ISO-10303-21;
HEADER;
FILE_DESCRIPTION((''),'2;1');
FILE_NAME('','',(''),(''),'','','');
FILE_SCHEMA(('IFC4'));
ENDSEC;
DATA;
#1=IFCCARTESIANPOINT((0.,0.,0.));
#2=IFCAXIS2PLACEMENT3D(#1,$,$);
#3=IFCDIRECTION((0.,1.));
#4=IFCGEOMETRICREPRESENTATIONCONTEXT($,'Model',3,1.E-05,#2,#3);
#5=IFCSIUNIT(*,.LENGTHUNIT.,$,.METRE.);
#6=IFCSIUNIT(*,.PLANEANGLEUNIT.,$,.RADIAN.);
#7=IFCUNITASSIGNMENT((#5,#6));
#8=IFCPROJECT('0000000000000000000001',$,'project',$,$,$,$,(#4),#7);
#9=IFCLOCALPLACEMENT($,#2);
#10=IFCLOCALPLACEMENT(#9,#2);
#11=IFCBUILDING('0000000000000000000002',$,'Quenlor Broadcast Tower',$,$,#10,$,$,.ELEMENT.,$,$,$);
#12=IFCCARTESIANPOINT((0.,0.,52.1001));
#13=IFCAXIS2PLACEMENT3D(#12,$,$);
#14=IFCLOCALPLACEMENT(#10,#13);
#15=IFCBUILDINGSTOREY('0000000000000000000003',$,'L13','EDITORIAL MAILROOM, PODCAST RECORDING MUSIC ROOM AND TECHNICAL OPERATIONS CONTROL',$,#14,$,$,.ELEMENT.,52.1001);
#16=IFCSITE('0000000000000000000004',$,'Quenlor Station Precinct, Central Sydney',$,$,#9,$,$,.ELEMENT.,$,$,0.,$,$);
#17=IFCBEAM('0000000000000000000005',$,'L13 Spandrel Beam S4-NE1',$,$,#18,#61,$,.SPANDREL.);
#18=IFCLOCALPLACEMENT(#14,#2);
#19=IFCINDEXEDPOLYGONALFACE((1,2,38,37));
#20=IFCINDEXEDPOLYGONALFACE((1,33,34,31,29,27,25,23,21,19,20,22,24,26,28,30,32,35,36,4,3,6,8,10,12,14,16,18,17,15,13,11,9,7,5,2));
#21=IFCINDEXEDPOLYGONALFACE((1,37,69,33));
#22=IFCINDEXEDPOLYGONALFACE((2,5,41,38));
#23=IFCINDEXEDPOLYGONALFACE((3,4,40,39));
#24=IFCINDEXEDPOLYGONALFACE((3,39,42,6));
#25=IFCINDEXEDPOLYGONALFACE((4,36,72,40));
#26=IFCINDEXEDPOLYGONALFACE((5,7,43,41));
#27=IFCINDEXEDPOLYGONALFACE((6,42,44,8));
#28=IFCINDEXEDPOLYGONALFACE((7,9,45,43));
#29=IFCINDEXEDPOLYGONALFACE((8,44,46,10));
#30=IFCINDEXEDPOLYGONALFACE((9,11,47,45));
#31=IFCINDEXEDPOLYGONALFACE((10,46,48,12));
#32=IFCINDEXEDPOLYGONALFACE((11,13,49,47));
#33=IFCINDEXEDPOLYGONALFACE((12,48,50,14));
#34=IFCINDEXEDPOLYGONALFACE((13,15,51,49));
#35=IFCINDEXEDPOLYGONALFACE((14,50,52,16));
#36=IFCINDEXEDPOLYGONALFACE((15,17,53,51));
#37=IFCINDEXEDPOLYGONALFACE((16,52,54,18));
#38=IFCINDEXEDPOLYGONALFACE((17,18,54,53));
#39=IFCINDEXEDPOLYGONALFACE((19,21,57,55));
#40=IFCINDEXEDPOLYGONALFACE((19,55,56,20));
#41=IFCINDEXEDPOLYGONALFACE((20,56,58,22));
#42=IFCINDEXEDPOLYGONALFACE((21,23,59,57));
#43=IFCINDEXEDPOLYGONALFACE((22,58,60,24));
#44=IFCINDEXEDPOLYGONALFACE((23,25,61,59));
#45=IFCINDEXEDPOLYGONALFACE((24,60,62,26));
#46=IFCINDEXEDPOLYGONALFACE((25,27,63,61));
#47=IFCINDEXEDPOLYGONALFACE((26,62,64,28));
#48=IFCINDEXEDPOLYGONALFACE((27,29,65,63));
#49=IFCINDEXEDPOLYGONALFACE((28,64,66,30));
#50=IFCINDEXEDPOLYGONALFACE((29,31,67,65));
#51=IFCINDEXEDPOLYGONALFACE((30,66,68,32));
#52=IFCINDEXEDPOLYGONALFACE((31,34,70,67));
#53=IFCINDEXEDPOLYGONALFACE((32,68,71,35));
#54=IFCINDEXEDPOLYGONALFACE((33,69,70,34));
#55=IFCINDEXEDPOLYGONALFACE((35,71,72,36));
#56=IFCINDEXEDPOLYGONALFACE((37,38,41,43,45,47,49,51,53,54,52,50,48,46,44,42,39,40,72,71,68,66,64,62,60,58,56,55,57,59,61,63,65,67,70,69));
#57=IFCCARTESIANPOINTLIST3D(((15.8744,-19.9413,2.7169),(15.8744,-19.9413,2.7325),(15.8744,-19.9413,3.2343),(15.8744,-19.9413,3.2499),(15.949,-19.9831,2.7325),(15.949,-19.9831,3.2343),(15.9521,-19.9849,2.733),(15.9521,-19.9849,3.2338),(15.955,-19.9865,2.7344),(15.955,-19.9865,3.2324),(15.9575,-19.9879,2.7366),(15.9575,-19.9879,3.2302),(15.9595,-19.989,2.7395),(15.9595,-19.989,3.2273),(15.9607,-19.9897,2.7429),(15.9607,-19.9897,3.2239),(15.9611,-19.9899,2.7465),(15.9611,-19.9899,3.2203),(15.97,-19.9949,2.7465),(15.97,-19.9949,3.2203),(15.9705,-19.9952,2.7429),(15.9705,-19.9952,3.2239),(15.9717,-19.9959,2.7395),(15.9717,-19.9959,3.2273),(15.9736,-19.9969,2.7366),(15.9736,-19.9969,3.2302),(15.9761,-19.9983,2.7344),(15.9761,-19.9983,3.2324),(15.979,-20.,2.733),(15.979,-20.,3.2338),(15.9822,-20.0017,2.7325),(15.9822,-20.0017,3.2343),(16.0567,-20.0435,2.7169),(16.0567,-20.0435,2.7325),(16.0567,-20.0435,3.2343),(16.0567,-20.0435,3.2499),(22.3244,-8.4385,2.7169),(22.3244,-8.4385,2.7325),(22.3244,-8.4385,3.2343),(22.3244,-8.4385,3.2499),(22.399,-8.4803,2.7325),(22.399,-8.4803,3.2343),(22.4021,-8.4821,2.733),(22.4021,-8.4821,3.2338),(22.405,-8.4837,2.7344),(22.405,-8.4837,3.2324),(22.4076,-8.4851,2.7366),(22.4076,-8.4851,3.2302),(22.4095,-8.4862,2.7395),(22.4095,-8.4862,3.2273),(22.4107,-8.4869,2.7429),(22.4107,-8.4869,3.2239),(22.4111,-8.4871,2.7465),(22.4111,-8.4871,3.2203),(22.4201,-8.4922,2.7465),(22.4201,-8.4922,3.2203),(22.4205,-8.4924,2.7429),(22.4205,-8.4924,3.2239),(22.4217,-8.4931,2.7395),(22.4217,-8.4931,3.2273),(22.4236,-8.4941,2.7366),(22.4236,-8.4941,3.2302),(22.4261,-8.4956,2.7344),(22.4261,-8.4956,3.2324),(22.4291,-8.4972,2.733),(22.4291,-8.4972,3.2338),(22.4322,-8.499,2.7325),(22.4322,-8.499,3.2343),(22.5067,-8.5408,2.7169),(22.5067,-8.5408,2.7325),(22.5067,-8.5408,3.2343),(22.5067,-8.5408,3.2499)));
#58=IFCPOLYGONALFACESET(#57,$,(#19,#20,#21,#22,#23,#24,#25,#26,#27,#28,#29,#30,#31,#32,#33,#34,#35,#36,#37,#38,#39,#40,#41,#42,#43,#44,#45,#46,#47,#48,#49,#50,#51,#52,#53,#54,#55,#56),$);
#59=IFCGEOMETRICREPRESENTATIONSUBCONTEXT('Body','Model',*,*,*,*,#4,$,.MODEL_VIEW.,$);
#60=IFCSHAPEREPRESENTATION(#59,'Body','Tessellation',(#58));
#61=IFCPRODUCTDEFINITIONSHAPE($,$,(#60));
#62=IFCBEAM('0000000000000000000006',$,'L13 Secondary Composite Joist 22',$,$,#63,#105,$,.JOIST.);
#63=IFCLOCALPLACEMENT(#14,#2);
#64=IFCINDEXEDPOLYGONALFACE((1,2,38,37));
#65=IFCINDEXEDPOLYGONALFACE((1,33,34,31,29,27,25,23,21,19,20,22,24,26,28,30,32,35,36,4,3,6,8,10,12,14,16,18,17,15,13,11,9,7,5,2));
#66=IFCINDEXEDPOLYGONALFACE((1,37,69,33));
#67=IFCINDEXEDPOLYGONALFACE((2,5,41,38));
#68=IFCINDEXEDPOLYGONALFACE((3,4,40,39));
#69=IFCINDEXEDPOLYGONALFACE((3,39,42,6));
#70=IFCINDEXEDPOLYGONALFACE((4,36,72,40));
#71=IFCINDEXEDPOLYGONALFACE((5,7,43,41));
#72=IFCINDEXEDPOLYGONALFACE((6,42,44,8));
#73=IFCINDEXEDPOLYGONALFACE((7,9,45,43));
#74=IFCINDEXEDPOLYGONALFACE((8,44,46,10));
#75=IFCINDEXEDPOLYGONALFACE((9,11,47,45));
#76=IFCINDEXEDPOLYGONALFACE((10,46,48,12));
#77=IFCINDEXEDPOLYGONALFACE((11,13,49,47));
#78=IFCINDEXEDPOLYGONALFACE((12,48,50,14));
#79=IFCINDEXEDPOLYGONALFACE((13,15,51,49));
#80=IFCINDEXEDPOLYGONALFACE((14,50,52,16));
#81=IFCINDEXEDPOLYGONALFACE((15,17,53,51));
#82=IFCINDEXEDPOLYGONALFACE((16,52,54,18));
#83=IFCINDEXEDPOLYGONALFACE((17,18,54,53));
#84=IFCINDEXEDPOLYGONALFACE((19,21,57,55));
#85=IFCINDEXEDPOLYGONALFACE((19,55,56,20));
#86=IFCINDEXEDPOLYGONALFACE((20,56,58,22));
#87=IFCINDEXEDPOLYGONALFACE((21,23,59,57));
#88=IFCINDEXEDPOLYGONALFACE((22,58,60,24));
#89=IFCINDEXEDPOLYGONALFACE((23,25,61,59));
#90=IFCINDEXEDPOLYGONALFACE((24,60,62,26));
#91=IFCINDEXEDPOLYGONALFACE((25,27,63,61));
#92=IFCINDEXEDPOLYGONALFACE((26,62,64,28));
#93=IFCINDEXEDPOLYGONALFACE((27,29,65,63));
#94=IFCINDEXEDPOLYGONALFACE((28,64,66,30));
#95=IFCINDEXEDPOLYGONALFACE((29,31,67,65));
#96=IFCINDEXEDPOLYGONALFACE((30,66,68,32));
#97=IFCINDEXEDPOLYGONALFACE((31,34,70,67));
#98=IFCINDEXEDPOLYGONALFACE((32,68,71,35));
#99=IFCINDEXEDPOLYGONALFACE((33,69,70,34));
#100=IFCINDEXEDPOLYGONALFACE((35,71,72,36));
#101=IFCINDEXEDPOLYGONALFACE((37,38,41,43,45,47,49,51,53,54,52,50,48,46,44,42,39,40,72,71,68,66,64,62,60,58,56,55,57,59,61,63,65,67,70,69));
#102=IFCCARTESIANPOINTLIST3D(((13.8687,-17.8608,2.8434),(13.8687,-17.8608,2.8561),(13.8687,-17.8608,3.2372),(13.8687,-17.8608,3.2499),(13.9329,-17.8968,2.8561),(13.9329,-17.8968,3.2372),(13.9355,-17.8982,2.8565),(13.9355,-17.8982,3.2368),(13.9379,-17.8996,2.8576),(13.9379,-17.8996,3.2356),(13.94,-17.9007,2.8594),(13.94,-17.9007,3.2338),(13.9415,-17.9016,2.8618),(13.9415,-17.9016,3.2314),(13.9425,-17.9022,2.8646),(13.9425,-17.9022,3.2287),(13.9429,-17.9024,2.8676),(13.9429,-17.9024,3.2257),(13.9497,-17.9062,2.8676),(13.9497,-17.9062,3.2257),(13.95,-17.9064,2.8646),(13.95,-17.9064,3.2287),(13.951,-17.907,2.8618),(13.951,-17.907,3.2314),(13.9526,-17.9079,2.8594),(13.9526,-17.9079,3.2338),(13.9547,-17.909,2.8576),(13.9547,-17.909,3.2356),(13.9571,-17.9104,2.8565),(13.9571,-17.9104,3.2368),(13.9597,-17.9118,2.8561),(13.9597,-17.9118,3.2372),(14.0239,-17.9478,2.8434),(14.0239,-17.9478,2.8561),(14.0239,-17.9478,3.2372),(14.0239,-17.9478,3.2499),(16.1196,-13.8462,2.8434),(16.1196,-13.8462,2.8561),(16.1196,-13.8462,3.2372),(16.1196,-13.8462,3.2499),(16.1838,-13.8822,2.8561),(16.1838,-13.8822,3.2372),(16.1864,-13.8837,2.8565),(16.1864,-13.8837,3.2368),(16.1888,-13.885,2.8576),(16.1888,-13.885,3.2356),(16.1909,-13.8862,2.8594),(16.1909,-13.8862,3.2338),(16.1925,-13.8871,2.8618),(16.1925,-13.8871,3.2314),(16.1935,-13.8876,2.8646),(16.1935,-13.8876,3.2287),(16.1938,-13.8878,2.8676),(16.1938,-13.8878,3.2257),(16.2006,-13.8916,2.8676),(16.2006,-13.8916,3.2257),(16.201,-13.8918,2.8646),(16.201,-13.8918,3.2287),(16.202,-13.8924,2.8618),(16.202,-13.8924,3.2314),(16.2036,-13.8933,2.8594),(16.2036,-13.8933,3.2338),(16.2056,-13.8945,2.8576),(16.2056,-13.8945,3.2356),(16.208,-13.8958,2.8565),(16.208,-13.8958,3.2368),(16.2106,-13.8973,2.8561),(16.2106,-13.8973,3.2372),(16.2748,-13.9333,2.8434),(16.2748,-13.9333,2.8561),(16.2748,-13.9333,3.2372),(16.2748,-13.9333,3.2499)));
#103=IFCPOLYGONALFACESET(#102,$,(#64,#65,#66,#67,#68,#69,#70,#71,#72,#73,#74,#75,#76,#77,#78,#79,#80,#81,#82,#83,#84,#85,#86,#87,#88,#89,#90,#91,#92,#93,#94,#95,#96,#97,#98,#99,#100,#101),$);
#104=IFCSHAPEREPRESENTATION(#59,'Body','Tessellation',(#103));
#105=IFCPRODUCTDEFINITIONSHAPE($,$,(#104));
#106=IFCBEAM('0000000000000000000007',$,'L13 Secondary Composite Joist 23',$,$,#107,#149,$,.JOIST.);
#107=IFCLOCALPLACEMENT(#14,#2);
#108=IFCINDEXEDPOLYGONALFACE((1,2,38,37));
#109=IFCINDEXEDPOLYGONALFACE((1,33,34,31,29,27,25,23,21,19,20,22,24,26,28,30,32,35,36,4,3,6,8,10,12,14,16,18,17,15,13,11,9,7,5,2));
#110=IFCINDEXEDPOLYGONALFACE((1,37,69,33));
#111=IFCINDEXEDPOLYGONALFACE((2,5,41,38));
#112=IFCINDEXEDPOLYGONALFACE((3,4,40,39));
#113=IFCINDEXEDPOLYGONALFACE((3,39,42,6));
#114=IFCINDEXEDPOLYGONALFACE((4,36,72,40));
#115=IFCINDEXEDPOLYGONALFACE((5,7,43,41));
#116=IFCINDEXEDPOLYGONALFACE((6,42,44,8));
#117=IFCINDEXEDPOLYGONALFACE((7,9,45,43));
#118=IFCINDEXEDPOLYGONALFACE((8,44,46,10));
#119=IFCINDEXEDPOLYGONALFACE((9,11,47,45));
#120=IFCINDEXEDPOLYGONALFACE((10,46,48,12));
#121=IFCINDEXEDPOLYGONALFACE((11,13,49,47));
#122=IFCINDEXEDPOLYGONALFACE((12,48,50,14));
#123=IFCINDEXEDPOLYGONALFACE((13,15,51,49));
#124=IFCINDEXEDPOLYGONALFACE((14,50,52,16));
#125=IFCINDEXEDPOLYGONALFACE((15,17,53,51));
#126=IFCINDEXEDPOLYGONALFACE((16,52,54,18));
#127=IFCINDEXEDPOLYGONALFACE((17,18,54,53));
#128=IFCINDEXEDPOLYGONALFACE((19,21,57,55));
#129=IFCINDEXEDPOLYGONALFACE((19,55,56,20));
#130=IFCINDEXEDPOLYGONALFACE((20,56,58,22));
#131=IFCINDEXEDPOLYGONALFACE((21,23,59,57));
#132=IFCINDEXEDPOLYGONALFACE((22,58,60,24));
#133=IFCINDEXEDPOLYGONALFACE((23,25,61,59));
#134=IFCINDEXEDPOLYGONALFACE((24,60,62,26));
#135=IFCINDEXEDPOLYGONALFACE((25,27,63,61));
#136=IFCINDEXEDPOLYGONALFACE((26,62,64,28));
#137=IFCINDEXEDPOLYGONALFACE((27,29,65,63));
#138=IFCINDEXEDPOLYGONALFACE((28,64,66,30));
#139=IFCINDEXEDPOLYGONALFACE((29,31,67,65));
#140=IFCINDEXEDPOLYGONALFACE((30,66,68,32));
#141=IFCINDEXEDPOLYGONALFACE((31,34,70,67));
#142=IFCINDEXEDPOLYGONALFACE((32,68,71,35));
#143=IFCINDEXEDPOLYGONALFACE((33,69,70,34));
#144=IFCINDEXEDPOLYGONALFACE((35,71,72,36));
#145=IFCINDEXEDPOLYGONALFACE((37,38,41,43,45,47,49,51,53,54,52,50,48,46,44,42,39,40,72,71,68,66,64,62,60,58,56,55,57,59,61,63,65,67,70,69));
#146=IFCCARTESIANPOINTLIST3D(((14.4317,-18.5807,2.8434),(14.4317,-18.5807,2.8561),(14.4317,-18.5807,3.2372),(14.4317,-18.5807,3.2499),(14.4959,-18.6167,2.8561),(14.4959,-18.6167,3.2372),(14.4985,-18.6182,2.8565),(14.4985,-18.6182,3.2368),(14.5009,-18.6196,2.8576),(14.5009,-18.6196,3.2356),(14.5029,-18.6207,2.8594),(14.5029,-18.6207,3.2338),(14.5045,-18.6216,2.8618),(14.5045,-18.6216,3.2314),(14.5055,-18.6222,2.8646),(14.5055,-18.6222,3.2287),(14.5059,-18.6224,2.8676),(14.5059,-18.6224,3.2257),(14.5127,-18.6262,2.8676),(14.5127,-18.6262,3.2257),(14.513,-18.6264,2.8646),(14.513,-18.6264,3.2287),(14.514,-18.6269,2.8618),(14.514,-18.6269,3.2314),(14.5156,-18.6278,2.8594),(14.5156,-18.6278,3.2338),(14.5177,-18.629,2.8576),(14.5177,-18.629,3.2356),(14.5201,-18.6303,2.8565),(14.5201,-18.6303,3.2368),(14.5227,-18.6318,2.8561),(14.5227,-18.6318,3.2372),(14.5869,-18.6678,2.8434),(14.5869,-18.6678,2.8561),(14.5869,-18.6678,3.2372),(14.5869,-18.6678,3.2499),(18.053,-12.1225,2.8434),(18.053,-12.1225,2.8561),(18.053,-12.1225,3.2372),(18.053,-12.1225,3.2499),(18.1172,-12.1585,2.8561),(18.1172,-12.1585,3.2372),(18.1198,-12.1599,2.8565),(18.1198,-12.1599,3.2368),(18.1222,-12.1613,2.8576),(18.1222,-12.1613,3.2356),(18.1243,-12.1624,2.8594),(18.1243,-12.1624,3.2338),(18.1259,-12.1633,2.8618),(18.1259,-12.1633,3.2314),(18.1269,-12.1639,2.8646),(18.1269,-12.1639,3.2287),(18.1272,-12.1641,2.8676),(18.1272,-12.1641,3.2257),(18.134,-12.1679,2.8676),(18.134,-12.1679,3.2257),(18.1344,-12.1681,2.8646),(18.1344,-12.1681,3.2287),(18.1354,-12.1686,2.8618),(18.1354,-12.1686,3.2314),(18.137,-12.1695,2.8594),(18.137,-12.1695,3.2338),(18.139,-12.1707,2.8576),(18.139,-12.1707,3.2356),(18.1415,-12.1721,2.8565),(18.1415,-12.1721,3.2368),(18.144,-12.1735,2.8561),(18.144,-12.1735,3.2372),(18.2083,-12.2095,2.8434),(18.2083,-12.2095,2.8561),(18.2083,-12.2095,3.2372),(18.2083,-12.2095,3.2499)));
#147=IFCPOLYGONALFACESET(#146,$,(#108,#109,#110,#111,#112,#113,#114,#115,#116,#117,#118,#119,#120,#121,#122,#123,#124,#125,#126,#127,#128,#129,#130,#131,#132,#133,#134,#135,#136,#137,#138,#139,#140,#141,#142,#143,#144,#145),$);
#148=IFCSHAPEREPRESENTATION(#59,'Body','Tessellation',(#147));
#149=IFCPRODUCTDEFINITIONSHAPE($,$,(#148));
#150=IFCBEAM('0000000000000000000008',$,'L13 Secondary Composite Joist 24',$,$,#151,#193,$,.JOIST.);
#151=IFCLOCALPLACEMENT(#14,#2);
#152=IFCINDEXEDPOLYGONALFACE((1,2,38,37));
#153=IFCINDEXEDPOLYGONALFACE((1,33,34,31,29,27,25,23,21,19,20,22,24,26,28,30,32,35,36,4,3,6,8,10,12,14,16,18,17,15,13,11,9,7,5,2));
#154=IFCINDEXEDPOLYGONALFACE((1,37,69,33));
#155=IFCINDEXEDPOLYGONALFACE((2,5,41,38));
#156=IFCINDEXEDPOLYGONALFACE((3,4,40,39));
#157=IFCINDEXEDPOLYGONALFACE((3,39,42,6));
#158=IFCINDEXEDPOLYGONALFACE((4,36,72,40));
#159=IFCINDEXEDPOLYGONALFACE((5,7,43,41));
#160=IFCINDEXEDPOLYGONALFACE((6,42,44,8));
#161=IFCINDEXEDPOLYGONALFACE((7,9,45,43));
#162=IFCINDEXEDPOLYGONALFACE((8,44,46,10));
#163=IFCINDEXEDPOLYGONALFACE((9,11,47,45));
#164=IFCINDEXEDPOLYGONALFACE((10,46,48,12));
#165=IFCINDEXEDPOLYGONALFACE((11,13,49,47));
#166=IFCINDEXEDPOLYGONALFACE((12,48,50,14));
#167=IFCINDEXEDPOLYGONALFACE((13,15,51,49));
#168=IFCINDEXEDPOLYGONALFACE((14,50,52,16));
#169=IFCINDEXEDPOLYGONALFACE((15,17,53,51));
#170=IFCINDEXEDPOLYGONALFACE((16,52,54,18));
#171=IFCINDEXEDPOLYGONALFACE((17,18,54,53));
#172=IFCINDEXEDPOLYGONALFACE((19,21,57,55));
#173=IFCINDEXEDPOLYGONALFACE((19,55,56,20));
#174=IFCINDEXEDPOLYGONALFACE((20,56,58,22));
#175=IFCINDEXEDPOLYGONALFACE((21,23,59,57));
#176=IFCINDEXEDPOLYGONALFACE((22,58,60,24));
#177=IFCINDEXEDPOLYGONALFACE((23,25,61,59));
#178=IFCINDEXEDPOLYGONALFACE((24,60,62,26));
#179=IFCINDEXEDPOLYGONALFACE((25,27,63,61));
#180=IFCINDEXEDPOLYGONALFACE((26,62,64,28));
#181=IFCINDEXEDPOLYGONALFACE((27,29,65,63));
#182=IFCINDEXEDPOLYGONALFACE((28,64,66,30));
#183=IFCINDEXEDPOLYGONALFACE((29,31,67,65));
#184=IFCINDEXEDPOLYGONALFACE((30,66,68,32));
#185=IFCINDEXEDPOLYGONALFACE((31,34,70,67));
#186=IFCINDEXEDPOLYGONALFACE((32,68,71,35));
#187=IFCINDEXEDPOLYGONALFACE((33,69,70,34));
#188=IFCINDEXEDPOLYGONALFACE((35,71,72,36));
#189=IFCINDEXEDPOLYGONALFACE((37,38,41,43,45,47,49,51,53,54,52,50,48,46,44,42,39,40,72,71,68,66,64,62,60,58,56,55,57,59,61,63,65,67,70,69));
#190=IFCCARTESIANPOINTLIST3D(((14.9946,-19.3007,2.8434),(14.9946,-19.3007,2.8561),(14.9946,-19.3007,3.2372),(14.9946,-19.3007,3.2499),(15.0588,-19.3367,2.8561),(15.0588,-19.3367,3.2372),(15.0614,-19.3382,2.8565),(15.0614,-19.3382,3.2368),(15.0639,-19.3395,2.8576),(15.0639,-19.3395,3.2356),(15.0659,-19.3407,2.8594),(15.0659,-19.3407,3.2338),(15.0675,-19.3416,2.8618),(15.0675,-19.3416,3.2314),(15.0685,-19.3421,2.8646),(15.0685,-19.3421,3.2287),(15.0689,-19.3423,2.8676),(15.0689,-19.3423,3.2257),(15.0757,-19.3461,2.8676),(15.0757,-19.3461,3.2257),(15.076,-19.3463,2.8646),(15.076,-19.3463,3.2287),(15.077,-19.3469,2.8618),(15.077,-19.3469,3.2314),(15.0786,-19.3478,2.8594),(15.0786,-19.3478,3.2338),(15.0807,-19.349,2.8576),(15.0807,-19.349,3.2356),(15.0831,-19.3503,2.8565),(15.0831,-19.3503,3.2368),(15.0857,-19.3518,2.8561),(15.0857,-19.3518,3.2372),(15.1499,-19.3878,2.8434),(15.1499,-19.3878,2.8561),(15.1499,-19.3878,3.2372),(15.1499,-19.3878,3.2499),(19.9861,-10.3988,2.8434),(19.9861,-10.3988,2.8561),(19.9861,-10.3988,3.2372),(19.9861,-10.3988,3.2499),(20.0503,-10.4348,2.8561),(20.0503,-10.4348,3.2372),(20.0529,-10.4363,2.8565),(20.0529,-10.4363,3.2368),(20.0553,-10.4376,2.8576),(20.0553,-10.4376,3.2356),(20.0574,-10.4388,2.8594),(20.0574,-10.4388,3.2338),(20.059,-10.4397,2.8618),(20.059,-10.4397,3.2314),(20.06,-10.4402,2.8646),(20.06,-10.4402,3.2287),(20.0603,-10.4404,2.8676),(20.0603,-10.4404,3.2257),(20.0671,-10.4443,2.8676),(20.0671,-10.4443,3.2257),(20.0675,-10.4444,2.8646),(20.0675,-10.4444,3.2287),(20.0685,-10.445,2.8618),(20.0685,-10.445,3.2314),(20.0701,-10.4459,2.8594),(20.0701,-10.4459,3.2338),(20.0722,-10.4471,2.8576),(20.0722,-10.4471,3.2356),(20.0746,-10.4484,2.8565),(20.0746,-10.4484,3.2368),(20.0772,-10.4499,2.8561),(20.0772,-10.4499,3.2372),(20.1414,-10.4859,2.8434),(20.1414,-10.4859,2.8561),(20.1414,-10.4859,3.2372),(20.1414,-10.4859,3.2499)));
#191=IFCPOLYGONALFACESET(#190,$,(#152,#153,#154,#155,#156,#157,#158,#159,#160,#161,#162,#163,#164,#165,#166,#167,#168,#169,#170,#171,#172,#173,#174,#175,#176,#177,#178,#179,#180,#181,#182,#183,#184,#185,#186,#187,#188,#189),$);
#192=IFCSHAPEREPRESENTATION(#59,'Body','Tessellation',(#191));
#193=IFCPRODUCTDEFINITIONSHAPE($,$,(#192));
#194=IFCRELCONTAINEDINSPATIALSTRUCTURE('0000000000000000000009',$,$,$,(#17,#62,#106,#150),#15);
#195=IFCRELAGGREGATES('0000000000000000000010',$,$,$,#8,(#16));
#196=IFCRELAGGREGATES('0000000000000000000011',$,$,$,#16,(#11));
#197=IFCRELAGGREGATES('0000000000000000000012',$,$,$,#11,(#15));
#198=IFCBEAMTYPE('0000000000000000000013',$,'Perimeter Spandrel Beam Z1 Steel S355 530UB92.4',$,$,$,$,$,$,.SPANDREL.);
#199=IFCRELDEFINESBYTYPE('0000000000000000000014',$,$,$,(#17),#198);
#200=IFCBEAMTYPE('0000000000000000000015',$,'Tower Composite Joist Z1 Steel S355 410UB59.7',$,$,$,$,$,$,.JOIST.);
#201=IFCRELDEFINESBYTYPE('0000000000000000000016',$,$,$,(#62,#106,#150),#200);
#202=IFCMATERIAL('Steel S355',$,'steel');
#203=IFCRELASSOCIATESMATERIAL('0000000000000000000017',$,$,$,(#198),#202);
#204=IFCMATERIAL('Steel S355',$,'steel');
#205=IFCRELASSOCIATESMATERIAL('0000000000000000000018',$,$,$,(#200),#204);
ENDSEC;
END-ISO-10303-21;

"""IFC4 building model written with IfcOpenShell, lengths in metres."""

from ifc_helpers import new_model, si_unit, direction, frame, origin, origin_2d, place, context, subcontext, project, spatial, i_section, extrude, material, material_profile, profile_set, type_object, element, save


model = new_model("IFC4")

# Units and contexts
model_context = context("Model", 3, precision=1e-05, world=origin(), true_north=direction((0.0, 1.0)))
body_context = subcontext(model_context, "Body", "Model", "MODEL_VIEW")
ifc_project = project(units=[si_unit("LENGTHUNIT", "METRE"), si_unit("PLANEANGLEUNIT", "RADIAN")], contexts=[model_context])

# Site, building, storey
site_placement = place(None, origin())
site = spatial("IfcSite", under=ifc_project, at=site_placement, Name="Quenlor Station Precinct, Central Sydney", CompositionType="ELEMENT", RefElevation=0.0)
building_placement = place(site_placement, origin())
building = spatial("IfcBuilding", under=site, at=building_placement, Name="Quenlor Broadcast Tower", CompositionType="ELEMENT")
storey_placement = place(building_placement, frame((0.0, 0.0, 52.1001)))
storey = spatial("IfcBuildingStorey", under=building, at=storey_placement, Name="L13", Description="EDITORIAL MAILROOM, PODCAST RECORDING MUSIC ROOM AND TECHNICAL OPERATIONS CONTROL", CompositionType="ELEMENT", Elevation=52.1001)

# Beams
ifc_material_1 = material(Name="Steel S355", Category="steel")
ifc_material_profile_1 = material_profile(ifc_material_1, i_section(OverallWidth=0.209, OverallDepth=0.533, WebThickness=0.0103, FlangeThickness=0.0156, FilletRadius=0.0139, at=origin_2d()))
ifc_profile_set_1 = profile_set([ifc_material_profile_1], Name="Steel S355 530UB92.4")
beam_type_1 = type_object("IfcBeamType", Name="Perimeter Spandrel Beam Z1 Steel S355 530UB92.4", PredefinedType="SPANDREL", material=ifc_profile_set_1)
beam_1_placement = place(storey_placement, frame((15.9656, -19.9924, 2.9834), z_axis=(0.489091, 0.872233, 0.0), x_axis=(-0.872233, 0.489091, 0.0)))
element("IfcBeam", 1, at=beam_1_placement, inside=storey, type_object=beam_type_1, Name="L13 Spandrel Beam S4-NE1", PredefinedType="SPANDREL", context=body_context, shape_type="SweptSolid", body=[
    extrude(i_section(OverallWidth=0.209, OverallDepth=0.533, WebThickness=0.0103, FlangeThickness=0.0156, FilletRadius=0.0139, at=origin_2d()), origin(), (0.0, 0.0, 1.0), 13.1877),
])
ifc_material_2 = material(Name="Steel S355", Category="steel")
ifc_material_profile_2 = material_profile(ifc_material_2, i_section(OverallWidth=0.178, OverallDepth=0.4065, WebThickness=0.0078, FlangeThickness=0.0127, FilletRadius=0.0115, at=origin_2d()))
ifc_profile_set_2 = profile_set([ifc_material_profile_2], Name="Steel S355 410UB59.7")
beam_type_2 = type_object("IfcBeamType", Name="Tower Composite Joist Z1 Steel S355 410UB59.7", PredefinedType="JOIST", material=ifc_profile_set_2)
beam_2_placement = place(storey_placement, frame((13.9463, -17.9043, 3.0466), z_axis=(0.489062, 0.872249, 0.0), x_axis=(-0.872249, 0.489062, 0.0)))
element("IfcBeam", 2, at=beam_2_placement, inside=storey, type_object=beam_type_2, Name="L13 Secondary Composite Joist 22", PredefinedType="JOIST", context=body_context, shape_type="SweptSolid", body=[
    extrude(i_section(OverallWidth=0.178, OverallDepth=0.4065, WebThickness=0.0078, FlangeThickness=0.0127, FilletRadius=0.0115, at=origin_2d()), origin(), (0.0, 0.0, 1.0), 4.6025),
])
beam_3_placement = place(storey_placement, frame((14.5093, -18.6243, 3.0466), z_axis=(0.489088, 0.872234, 0.0), x_axis=(-0.872234, 0.489088, 0.0)))
element("IfcBeam", 3, at=beam_3_placement, inside=storey, type_object=beam_type_2, Name="L13 Secondary Composite Joist 23", PredefinedType="JOIST", context=body_context, shape_type="SweptSolid", body=[
    extrude(i_section(OverallWidth=0.178, OverallDepth=0.4065, WebThickness=0.0078, FlangeThickness=0.0127, FilletRadius=0.0115, at=origin_2d()), origin(), (0.0, 0.0, 1.0), 7.4043),
])
beam_4_placement = place(storey_placement, frame((15.0723, -19.3442, 3.0466), z_axis=(0.489082, 0.872238, 0.0), x_axis=(-0.872238, 0.489082, 0.0)))
element("IfcBeam", 4, at=beam_4_placement, inside=storey, type_object=beam_type_2, Name="L13 Secondary Composite Joist 24", PredefinedType="JOIST", context=body_context, shape_type="SweptSolid", body=[
    extrude(i_section(OverallWidth=0.178, OverallDepth=0.4065, WebThickness=0.0078, FlangeThickness=0.0127, FilletRadius=0.0115, at=origin_2d()), origin(), (0.0, 0.0, 1.0), 10.2058),
])

save(model, "model.ifc")
